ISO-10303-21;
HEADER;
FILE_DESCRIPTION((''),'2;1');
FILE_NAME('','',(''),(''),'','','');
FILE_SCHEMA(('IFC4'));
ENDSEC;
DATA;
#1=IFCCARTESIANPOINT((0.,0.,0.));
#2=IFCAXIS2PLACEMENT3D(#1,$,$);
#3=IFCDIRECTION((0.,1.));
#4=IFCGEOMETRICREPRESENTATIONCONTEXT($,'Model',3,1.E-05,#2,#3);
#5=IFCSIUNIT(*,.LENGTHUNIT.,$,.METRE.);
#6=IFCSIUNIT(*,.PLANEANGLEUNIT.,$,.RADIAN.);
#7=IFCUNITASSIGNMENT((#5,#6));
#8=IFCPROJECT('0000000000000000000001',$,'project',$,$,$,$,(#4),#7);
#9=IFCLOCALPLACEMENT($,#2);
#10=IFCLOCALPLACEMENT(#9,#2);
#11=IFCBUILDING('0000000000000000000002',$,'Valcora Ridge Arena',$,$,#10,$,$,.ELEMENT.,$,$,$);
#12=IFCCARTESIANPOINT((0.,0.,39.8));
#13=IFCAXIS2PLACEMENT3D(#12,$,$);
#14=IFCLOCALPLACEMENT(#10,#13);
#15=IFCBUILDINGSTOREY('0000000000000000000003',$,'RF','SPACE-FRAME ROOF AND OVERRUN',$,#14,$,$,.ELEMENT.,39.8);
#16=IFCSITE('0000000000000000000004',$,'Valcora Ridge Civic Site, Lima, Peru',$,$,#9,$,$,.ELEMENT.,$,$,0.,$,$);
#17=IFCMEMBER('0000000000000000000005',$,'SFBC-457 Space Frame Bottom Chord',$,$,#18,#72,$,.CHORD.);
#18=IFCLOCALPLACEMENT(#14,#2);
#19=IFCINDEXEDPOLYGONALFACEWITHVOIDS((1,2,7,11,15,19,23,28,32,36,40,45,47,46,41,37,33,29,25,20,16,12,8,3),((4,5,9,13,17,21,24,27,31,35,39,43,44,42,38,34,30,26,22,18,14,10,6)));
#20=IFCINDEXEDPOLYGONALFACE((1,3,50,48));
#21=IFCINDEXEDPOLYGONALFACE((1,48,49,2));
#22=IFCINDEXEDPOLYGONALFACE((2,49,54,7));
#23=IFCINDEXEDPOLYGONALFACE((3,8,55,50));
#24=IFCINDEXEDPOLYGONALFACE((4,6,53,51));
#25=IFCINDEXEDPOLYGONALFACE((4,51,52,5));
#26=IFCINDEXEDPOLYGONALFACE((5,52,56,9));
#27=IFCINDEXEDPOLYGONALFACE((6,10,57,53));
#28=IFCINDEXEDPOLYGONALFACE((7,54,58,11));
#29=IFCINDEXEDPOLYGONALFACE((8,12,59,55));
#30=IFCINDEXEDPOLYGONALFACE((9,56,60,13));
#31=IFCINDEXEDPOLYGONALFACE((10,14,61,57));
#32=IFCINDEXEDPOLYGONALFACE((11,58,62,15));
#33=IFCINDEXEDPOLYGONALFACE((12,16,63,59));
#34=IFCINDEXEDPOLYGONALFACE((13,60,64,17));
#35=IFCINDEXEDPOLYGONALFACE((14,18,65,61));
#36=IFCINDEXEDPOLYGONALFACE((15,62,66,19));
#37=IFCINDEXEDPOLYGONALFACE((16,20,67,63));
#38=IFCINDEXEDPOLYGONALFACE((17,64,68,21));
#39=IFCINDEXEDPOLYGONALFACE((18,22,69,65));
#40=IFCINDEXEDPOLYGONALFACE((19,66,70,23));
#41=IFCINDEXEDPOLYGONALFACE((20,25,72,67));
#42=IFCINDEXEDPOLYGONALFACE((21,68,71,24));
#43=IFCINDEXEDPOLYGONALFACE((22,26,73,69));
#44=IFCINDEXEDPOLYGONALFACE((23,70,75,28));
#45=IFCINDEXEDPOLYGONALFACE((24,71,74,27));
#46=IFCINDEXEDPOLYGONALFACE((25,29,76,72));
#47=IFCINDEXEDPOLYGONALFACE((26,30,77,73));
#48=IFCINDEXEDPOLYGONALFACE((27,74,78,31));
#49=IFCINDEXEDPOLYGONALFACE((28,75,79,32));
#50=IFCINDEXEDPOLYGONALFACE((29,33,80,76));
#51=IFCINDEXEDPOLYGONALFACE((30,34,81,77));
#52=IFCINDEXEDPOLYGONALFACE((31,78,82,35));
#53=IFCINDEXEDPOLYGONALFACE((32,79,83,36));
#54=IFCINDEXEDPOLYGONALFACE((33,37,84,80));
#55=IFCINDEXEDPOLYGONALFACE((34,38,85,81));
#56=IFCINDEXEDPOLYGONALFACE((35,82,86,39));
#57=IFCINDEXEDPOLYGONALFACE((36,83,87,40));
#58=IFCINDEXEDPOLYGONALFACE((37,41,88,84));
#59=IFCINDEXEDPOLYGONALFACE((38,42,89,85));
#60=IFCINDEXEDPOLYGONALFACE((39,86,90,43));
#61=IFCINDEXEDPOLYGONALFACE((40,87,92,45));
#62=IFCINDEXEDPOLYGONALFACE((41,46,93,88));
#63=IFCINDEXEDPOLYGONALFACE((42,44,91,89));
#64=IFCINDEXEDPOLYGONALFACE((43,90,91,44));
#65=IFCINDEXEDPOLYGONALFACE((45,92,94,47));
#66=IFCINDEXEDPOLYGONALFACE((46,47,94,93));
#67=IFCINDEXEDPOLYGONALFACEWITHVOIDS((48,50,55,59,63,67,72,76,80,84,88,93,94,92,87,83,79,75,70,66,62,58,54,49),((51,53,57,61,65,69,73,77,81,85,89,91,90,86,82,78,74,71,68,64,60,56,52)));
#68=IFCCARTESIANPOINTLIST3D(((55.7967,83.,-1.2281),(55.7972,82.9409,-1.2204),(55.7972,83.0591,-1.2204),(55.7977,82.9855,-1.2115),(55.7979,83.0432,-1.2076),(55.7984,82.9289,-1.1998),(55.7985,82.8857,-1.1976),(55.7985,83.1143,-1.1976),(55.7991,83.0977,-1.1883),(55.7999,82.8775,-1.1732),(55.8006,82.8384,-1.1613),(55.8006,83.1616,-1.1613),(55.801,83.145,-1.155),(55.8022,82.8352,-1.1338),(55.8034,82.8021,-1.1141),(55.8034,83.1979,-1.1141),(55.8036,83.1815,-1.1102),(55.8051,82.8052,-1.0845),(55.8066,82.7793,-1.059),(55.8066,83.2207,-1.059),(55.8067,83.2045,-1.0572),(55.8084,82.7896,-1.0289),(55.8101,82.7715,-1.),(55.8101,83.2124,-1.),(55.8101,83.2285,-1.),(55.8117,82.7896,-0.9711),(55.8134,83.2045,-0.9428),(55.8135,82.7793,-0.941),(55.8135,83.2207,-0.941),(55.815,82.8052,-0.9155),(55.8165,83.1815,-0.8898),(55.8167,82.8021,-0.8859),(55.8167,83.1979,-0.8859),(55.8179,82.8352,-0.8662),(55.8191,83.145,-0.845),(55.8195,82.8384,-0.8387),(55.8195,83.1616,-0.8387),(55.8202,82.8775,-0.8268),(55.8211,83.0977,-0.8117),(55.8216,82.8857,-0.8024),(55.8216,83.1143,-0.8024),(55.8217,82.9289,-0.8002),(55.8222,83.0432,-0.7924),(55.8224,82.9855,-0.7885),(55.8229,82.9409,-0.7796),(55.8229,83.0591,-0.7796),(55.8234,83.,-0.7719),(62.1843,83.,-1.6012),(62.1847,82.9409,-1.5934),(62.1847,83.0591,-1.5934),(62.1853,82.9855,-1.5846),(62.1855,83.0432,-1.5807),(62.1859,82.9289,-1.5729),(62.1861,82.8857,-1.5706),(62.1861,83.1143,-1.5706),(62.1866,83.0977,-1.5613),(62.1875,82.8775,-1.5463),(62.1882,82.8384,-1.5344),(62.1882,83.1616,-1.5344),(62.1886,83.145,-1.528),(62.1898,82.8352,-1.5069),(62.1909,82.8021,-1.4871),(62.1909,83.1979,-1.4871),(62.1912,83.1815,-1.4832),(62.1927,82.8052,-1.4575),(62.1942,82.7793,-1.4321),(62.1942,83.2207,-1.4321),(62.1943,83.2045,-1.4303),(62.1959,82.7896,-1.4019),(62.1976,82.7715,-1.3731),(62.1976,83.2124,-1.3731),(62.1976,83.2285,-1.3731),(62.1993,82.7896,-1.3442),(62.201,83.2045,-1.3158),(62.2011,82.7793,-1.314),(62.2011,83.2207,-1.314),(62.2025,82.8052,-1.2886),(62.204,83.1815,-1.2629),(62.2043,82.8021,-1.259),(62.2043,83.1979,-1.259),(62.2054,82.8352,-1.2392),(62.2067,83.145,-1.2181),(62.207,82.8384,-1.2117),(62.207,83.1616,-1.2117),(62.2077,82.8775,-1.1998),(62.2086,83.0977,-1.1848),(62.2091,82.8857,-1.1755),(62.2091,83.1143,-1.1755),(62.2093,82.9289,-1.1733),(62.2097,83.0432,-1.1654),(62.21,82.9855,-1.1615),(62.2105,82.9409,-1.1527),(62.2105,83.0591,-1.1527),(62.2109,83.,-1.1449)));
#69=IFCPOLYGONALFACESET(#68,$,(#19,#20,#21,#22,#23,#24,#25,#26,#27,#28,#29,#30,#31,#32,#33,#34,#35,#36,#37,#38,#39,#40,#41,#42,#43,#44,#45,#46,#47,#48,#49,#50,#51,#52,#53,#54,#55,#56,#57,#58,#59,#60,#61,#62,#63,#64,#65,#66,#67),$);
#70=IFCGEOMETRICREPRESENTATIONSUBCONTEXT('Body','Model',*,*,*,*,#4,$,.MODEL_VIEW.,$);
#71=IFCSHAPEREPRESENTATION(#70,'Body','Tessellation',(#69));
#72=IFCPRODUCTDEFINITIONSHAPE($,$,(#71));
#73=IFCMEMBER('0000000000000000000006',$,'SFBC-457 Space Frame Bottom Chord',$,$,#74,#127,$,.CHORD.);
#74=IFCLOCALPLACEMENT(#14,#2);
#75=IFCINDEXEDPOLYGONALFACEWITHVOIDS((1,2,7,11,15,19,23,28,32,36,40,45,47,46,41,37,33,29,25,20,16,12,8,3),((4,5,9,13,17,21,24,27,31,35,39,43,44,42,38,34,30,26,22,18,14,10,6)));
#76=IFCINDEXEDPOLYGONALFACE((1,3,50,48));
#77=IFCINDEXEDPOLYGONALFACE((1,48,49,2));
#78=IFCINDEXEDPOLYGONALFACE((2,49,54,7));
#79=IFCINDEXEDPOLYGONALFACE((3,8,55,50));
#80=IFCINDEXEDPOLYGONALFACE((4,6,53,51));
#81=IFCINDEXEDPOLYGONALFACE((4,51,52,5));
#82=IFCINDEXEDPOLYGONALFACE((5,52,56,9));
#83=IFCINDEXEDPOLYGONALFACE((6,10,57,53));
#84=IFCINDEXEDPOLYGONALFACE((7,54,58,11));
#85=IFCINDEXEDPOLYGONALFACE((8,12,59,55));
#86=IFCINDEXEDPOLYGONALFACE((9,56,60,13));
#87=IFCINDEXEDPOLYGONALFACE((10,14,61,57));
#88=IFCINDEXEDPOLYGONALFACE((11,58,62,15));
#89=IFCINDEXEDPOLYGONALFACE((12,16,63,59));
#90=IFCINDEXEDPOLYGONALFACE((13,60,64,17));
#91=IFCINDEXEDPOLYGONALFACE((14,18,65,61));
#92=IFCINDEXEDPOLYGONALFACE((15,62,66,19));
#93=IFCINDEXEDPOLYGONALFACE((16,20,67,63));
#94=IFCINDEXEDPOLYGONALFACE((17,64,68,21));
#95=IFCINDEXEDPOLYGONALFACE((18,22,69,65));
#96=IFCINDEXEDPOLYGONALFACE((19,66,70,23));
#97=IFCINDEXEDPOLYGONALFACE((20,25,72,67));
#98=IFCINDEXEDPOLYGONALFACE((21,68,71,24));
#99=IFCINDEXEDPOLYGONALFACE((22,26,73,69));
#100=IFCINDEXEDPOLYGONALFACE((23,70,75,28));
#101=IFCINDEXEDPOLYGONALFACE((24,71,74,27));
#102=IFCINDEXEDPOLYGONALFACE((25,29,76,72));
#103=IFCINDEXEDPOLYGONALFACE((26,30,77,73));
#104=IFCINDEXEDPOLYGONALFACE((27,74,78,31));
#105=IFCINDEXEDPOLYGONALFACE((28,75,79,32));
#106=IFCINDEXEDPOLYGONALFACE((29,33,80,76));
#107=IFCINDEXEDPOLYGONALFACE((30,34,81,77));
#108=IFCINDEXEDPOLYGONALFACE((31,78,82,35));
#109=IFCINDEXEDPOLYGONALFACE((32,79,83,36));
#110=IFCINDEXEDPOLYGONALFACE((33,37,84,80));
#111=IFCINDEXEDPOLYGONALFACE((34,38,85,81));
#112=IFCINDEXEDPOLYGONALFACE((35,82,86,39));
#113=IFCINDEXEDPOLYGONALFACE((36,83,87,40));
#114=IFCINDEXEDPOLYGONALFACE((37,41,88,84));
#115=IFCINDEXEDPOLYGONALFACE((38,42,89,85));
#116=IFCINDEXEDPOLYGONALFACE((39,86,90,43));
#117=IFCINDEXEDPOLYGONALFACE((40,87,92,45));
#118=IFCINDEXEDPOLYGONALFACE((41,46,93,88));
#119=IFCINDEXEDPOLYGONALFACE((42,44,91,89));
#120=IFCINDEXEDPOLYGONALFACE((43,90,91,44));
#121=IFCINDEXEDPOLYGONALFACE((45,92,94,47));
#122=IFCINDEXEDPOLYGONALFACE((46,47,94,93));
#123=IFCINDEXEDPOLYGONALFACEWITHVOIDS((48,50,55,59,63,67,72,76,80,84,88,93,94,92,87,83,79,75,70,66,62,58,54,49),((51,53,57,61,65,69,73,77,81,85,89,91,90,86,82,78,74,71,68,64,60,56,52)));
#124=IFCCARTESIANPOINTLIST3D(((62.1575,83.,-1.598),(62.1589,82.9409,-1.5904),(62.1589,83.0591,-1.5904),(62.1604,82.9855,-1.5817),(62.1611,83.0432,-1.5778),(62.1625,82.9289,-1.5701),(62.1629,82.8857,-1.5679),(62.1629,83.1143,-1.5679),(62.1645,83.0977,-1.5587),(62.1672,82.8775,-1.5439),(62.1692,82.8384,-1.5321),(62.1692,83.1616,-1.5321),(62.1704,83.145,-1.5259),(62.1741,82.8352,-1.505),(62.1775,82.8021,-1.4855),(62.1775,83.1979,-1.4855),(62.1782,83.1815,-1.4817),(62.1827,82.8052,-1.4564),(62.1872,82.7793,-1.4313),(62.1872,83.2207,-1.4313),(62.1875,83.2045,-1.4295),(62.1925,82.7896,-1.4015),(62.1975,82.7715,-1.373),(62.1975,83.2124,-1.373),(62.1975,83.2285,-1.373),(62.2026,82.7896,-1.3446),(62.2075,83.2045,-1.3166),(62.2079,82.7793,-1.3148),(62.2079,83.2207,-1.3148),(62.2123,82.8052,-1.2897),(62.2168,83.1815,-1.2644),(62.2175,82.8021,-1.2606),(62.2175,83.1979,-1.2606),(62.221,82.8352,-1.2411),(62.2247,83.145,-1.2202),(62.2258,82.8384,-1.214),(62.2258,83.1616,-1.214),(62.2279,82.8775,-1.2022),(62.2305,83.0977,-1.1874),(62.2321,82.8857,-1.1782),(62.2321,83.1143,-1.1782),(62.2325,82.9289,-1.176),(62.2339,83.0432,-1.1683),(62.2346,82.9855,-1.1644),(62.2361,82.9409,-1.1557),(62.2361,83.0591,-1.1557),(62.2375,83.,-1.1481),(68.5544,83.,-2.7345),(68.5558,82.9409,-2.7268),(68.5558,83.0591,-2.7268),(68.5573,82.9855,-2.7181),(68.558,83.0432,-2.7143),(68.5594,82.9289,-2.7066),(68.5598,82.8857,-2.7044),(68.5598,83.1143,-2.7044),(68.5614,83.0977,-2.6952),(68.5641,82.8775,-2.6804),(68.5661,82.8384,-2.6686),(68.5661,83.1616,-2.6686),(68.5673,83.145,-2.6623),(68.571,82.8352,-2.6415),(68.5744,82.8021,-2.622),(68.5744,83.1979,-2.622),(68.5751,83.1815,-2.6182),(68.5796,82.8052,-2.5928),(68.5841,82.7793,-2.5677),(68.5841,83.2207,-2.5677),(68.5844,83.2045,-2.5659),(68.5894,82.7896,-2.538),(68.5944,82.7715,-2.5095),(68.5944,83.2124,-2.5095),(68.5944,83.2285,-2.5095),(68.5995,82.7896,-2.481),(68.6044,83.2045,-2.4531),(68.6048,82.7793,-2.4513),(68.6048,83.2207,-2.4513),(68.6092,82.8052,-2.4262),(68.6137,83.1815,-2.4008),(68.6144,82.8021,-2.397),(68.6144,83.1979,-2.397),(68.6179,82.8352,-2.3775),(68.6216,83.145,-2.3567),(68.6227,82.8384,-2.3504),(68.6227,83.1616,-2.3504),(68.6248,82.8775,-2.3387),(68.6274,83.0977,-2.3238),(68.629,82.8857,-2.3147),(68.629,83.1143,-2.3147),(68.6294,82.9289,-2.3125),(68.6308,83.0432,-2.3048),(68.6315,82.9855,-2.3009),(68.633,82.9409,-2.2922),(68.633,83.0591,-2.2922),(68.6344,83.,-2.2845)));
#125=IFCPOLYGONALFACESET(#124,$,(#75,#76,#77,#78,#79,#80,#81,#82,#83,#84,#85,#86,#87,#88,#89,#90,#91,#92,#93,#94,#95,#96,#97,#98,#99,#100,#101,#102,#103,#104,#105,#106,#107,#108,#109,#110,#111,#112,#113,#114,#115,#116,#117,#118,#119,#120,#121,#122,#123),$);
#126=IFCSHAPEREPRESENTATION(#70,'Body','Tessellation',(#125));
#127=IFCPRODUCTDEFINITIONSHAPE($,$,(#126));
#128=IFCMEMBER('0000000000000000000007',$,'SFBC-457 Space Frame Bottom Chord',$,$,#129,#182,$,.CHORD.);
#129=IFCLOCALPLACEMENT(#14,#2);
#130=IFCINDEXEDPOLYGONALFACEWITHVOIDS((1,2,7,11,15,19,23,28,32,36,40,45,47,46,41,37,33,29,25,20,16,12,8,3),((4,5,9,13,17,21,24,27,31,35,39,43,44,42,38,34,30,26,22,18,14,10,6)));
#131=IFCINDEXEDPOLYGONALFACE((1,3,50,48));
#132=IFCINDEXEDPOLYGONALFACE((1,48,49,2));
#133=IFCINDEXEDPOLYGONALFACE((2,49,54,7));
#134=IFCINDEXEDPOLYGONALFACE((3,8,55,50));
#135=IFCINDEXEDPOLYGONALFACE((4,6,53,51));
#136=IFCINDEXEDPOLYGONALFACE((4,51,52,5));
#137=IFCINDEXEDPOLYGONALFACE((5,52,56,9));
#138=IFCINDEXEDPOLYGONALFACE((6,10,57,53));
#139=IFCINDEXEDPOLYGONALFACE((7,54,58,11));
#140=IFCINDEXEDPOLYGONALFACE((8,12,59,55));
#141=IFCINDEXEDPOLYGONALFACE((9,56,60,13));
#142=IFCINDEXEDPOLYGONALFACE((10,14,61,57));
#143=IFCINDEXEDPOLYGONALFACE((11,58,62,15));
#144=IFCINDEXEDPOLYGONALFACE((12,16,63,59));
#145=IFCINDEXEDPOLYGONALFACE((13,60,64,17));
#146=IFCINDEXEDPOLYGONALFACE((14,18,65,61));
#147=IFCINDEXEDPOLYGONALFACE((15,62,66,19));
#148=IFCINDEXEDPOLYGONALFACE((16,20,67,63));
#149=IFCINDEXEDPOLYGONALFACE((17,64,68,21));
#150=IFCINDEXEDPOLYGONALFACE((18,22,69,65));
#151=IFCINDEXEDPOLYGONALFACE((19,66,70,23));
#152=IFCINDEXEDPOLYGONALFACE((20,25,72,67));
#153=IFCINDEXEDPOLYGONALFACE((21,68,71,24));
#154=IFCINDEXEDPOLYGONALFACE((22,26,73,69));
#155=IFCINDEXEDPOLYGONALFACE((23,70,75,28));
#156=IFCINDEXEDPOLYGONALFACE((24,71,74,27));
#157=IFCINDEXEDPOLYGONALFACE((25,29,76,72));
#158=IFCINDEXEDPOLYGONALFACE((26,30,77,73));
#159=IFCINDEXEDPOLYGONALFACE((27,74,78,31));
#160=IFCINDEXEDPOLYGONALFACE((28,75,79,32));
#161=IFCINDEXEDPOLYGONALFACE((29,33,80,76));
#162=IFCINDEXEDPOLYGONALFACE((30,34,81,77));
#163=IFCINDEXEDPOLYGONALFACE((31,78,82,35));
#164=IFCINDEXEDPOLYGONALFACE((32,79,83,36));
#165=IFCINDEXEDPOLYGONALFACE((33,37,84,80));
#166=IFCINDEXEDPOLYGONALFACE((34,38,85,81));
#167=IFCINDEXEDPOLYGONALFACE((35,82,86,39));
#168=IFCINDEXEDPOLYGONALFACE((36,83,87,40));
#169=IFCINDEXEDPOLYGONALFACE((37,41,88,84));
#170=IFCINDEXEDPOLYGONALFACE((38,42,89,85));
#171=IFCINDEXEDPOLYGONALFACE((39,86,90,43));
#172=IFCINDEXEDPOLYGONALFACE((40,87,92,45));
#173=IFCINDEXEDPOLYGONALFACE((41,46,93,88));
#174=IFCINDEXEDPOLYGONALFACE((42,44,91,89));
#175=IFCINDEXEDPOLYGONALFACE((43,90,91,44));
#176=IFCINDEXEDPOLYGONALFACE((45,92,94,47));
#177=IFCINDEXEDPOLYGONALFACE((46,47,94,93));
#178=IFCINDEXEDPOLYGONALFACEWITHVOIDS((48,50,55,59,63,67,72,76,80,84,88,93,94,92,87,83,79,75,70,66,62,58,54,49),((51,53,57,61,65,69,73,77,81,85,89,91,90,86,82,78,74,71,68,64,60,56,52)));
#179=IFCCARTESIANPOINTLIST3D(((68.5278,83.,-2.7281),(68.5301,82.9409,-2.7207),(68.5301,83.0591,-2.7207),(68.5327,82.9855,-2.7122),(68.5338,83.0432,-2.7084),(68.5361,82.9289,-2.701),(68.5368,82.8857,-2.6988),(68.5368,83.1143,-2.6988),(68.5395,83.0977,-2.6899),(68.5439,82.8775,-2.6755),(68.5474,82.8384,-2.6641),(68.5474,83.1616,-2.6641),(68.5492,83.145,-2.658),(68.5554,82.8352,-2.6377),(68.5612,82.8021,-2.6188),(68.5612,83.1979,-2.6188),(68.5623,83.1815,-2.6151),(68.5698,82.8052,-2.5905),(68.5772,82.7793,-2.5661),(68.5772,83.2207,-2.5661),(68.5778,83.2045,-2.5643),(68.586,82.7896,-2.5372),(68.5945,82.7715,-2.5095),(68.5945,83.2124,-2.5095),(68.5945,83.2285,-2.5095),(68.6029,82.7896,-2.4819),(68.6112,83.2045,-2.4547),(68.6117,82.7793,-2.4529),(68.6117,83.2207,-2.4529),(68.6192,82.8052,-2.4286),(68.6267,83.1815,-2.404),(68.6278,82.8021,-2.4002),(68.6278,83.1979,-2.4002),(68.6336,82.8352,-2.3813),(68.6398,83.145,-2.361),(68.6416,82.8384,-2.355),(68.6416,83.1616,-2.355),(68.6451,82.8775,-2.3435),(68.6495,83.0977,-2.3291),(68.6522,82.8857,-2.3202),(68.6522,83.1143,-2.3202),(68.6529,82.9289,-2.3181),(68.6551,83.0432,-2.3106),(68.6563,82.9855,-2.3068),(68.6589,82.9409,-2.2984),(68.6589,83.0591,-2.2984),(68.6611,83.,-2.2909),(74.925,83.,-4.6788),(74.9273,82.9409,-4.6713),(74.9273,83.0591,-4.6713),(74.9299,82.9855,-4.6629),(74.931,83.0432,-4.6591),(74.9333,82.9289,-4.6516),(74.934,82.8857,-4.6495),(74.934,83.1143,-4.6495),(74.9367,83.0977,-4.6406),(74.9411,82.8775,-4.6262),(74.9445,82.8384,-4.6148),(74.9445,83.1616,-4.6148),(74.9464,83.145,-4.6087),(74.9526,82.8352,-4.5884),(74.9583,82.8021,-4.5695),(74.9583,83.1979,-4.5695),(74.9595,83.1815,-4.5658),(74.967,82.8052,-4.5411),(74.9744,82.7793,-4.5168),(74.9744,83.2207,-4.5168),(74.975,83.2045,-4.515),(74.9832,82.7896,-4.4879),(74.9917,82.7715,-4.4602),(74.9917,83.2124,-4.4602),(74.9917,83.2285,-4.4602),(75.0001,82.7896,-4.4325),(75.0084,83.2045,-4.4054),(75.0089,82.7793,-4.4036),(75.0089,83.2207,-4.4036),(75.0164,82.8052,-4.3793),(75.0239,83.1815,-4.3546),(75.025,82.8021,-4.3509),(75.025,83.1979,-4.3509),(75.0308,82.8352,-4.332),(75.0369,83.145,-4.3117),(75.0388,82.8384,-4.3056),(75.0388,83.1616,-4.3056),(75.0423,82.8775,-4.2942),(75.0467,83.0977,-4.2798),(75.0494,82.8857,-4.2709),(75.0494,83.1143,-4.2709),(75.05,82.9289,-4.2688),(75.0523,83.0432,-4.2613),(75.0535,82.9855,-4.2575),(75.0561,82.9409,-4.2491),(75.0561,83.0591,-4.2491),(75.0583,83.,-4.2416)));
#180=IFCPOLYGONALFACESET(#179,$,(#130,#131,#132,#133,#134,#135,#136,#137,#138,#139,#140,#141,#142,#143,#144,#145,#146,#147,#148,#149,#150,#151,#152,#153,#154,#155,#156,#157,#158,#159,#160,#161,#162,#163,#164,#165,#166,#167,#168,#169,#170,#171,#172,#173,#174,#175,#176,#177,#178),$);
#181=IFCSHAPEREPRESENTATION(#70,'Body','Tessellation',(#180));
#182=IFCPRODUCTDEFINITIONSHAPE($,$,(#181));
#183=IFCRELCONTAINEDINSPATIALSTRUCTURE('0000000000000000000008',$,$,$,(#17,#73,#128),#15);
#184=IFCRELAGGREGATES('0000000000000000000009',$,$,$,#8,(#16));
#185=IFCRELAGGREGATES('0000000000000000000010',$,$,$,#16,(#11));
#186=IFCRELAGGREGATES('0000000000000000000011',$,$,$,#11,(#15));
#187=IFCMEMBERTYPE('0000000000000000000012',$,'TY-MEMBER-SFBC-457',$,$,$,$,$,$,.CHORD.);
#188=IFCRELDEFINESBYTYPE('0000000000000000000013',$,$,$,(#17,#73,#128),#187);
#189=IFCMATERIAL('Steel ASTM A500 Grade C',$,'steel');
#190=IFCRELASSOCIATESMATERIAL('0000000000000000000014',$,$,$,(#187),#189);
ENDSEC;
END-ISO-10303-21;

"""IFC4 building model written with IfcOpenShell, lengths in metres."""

from ifc_helpers import new_model, si_unit, direction, frame, origin, origin_2d, place, context, subcontext, project, spatial, hollow_circle, extrude, material, material_profile, profile_set, type_object, element, save


model = new_model("IFC4")

# Units and contexts
model_context = context("Model", 3, precision=1e-05, world=origin(), true_north=direction((0.0, 1.0)))
body_context = subcontext(model_context, "Body", "Model", "MODEL_VIEW")
ifc_project = project(units=[si_unit("LENGTHUNIT", "METRE"), si_unit("PLANEANGLEUNIT", "RADIAN")], contexts=[model_context])

# Site, building, storey
site_placement = place(None, origin())
site = spatial("IfcSite", under=ifc_project, at=site_placement, Name="Valcora Ridge Civic Site, Lima, Peru", CompositionType="ELEMENT", RefElevation=0.0)
building_placement = place(site_placement, origin())
building = spatial("IfcBuilding", under=site, at=building_placement, Name="Valcora Ridge Arena", CompositionType="ELEMENT")
storey_placement = place(building_placement, frame((0.0, 0.0, 39.8)))
storey = spatial("IfcBuildingStorey", under=building, at=storey_placement, Name="RF", Description="SPACE-FRAME ROOF AND OVERRUN", CompositionType="ELEMENT", Elevation=39.8)

# Members
ifc_material_1 = material(Name="Steel ASTM A500 Grade C", Category="steel")
ifc_material_profile_1 = material_profile(ifc_material_1, hollow_circle(Radius=0.2285, WallThickness=0.0161, at=origin_2d()), Name="CHS457X16")
ifc_profile_set_1 = profile_set([ifc_material_profile_1], Name="Steel ASTM A500 Grade C")
member_type_1 = type_object("IfcMemberType", Name="TY-MEMBER-SFBC-457", PredefinedType="CHORD", material=ifc_profile_set_1)
member_1_placement = place(storey_placement, frame((55.8101, 83.0, -1.0), z_axis=(0.998299, 0.0, -0.058304), x_axis=(0.0, 1.0, 0.0)))
element("IfcMember", 1, at=member_1_placement, inside=storey, type_object=member_type_1, Name="SFBC-457 Space Frame Bottom Chord", PredefinedType="CHORD", context=body_context, shape_type="SweptSolid", body=[
    extrude(hollow_circle(Radius=0.2285, WallThickness=0.0161, at=origin_2d()), origin(), (0.0, 0.0, 1.0), 6.3984),
])
member_2_placement = place(storey_placement, frame((62.1975, 83.0, -1.373), z_axis=(0.984583, 0.0, -0.174919), x_axis=(0.0, 1.0, 0.0)))
element("IfcMember", 2, at=member_2_placement, inside=storey, type_object=member_type_1, Name="SFBC-457 Space Frame Bottom Chord", PredefinedType="CHORD", context=body_context, shape_type="SweptSolid", body=[
    extrude(hollow_circle(Radius=0.2285, WallThickness=0.0161, at=origin_2d()), origin(), (0.0, 0.0, 1.0), 6.4971),
])
member_3_placement = place(storey_placement, frame((68.5945, 83.0, -2.5095), z_axis=(0.956519, 0.0, -0.291669), x_axis=(0.0, 1.0, 0.0)))
element("IfcMember", 3, at=member_3_placement, inside=storey, type_object=member_type_1, Name="SFBC-457 Space Frame Bottom Chord", PredefinedType="CHORD", context=body_context, shape_type="SweptSolid", body=[
    extrude(hollow_circle(Radius=0.2285, WallThickness=0.0161, at=origin_2d()), origin(), (0.0, 0.0, 1.0), 6.688),
])

save(model, "model.ifc")
